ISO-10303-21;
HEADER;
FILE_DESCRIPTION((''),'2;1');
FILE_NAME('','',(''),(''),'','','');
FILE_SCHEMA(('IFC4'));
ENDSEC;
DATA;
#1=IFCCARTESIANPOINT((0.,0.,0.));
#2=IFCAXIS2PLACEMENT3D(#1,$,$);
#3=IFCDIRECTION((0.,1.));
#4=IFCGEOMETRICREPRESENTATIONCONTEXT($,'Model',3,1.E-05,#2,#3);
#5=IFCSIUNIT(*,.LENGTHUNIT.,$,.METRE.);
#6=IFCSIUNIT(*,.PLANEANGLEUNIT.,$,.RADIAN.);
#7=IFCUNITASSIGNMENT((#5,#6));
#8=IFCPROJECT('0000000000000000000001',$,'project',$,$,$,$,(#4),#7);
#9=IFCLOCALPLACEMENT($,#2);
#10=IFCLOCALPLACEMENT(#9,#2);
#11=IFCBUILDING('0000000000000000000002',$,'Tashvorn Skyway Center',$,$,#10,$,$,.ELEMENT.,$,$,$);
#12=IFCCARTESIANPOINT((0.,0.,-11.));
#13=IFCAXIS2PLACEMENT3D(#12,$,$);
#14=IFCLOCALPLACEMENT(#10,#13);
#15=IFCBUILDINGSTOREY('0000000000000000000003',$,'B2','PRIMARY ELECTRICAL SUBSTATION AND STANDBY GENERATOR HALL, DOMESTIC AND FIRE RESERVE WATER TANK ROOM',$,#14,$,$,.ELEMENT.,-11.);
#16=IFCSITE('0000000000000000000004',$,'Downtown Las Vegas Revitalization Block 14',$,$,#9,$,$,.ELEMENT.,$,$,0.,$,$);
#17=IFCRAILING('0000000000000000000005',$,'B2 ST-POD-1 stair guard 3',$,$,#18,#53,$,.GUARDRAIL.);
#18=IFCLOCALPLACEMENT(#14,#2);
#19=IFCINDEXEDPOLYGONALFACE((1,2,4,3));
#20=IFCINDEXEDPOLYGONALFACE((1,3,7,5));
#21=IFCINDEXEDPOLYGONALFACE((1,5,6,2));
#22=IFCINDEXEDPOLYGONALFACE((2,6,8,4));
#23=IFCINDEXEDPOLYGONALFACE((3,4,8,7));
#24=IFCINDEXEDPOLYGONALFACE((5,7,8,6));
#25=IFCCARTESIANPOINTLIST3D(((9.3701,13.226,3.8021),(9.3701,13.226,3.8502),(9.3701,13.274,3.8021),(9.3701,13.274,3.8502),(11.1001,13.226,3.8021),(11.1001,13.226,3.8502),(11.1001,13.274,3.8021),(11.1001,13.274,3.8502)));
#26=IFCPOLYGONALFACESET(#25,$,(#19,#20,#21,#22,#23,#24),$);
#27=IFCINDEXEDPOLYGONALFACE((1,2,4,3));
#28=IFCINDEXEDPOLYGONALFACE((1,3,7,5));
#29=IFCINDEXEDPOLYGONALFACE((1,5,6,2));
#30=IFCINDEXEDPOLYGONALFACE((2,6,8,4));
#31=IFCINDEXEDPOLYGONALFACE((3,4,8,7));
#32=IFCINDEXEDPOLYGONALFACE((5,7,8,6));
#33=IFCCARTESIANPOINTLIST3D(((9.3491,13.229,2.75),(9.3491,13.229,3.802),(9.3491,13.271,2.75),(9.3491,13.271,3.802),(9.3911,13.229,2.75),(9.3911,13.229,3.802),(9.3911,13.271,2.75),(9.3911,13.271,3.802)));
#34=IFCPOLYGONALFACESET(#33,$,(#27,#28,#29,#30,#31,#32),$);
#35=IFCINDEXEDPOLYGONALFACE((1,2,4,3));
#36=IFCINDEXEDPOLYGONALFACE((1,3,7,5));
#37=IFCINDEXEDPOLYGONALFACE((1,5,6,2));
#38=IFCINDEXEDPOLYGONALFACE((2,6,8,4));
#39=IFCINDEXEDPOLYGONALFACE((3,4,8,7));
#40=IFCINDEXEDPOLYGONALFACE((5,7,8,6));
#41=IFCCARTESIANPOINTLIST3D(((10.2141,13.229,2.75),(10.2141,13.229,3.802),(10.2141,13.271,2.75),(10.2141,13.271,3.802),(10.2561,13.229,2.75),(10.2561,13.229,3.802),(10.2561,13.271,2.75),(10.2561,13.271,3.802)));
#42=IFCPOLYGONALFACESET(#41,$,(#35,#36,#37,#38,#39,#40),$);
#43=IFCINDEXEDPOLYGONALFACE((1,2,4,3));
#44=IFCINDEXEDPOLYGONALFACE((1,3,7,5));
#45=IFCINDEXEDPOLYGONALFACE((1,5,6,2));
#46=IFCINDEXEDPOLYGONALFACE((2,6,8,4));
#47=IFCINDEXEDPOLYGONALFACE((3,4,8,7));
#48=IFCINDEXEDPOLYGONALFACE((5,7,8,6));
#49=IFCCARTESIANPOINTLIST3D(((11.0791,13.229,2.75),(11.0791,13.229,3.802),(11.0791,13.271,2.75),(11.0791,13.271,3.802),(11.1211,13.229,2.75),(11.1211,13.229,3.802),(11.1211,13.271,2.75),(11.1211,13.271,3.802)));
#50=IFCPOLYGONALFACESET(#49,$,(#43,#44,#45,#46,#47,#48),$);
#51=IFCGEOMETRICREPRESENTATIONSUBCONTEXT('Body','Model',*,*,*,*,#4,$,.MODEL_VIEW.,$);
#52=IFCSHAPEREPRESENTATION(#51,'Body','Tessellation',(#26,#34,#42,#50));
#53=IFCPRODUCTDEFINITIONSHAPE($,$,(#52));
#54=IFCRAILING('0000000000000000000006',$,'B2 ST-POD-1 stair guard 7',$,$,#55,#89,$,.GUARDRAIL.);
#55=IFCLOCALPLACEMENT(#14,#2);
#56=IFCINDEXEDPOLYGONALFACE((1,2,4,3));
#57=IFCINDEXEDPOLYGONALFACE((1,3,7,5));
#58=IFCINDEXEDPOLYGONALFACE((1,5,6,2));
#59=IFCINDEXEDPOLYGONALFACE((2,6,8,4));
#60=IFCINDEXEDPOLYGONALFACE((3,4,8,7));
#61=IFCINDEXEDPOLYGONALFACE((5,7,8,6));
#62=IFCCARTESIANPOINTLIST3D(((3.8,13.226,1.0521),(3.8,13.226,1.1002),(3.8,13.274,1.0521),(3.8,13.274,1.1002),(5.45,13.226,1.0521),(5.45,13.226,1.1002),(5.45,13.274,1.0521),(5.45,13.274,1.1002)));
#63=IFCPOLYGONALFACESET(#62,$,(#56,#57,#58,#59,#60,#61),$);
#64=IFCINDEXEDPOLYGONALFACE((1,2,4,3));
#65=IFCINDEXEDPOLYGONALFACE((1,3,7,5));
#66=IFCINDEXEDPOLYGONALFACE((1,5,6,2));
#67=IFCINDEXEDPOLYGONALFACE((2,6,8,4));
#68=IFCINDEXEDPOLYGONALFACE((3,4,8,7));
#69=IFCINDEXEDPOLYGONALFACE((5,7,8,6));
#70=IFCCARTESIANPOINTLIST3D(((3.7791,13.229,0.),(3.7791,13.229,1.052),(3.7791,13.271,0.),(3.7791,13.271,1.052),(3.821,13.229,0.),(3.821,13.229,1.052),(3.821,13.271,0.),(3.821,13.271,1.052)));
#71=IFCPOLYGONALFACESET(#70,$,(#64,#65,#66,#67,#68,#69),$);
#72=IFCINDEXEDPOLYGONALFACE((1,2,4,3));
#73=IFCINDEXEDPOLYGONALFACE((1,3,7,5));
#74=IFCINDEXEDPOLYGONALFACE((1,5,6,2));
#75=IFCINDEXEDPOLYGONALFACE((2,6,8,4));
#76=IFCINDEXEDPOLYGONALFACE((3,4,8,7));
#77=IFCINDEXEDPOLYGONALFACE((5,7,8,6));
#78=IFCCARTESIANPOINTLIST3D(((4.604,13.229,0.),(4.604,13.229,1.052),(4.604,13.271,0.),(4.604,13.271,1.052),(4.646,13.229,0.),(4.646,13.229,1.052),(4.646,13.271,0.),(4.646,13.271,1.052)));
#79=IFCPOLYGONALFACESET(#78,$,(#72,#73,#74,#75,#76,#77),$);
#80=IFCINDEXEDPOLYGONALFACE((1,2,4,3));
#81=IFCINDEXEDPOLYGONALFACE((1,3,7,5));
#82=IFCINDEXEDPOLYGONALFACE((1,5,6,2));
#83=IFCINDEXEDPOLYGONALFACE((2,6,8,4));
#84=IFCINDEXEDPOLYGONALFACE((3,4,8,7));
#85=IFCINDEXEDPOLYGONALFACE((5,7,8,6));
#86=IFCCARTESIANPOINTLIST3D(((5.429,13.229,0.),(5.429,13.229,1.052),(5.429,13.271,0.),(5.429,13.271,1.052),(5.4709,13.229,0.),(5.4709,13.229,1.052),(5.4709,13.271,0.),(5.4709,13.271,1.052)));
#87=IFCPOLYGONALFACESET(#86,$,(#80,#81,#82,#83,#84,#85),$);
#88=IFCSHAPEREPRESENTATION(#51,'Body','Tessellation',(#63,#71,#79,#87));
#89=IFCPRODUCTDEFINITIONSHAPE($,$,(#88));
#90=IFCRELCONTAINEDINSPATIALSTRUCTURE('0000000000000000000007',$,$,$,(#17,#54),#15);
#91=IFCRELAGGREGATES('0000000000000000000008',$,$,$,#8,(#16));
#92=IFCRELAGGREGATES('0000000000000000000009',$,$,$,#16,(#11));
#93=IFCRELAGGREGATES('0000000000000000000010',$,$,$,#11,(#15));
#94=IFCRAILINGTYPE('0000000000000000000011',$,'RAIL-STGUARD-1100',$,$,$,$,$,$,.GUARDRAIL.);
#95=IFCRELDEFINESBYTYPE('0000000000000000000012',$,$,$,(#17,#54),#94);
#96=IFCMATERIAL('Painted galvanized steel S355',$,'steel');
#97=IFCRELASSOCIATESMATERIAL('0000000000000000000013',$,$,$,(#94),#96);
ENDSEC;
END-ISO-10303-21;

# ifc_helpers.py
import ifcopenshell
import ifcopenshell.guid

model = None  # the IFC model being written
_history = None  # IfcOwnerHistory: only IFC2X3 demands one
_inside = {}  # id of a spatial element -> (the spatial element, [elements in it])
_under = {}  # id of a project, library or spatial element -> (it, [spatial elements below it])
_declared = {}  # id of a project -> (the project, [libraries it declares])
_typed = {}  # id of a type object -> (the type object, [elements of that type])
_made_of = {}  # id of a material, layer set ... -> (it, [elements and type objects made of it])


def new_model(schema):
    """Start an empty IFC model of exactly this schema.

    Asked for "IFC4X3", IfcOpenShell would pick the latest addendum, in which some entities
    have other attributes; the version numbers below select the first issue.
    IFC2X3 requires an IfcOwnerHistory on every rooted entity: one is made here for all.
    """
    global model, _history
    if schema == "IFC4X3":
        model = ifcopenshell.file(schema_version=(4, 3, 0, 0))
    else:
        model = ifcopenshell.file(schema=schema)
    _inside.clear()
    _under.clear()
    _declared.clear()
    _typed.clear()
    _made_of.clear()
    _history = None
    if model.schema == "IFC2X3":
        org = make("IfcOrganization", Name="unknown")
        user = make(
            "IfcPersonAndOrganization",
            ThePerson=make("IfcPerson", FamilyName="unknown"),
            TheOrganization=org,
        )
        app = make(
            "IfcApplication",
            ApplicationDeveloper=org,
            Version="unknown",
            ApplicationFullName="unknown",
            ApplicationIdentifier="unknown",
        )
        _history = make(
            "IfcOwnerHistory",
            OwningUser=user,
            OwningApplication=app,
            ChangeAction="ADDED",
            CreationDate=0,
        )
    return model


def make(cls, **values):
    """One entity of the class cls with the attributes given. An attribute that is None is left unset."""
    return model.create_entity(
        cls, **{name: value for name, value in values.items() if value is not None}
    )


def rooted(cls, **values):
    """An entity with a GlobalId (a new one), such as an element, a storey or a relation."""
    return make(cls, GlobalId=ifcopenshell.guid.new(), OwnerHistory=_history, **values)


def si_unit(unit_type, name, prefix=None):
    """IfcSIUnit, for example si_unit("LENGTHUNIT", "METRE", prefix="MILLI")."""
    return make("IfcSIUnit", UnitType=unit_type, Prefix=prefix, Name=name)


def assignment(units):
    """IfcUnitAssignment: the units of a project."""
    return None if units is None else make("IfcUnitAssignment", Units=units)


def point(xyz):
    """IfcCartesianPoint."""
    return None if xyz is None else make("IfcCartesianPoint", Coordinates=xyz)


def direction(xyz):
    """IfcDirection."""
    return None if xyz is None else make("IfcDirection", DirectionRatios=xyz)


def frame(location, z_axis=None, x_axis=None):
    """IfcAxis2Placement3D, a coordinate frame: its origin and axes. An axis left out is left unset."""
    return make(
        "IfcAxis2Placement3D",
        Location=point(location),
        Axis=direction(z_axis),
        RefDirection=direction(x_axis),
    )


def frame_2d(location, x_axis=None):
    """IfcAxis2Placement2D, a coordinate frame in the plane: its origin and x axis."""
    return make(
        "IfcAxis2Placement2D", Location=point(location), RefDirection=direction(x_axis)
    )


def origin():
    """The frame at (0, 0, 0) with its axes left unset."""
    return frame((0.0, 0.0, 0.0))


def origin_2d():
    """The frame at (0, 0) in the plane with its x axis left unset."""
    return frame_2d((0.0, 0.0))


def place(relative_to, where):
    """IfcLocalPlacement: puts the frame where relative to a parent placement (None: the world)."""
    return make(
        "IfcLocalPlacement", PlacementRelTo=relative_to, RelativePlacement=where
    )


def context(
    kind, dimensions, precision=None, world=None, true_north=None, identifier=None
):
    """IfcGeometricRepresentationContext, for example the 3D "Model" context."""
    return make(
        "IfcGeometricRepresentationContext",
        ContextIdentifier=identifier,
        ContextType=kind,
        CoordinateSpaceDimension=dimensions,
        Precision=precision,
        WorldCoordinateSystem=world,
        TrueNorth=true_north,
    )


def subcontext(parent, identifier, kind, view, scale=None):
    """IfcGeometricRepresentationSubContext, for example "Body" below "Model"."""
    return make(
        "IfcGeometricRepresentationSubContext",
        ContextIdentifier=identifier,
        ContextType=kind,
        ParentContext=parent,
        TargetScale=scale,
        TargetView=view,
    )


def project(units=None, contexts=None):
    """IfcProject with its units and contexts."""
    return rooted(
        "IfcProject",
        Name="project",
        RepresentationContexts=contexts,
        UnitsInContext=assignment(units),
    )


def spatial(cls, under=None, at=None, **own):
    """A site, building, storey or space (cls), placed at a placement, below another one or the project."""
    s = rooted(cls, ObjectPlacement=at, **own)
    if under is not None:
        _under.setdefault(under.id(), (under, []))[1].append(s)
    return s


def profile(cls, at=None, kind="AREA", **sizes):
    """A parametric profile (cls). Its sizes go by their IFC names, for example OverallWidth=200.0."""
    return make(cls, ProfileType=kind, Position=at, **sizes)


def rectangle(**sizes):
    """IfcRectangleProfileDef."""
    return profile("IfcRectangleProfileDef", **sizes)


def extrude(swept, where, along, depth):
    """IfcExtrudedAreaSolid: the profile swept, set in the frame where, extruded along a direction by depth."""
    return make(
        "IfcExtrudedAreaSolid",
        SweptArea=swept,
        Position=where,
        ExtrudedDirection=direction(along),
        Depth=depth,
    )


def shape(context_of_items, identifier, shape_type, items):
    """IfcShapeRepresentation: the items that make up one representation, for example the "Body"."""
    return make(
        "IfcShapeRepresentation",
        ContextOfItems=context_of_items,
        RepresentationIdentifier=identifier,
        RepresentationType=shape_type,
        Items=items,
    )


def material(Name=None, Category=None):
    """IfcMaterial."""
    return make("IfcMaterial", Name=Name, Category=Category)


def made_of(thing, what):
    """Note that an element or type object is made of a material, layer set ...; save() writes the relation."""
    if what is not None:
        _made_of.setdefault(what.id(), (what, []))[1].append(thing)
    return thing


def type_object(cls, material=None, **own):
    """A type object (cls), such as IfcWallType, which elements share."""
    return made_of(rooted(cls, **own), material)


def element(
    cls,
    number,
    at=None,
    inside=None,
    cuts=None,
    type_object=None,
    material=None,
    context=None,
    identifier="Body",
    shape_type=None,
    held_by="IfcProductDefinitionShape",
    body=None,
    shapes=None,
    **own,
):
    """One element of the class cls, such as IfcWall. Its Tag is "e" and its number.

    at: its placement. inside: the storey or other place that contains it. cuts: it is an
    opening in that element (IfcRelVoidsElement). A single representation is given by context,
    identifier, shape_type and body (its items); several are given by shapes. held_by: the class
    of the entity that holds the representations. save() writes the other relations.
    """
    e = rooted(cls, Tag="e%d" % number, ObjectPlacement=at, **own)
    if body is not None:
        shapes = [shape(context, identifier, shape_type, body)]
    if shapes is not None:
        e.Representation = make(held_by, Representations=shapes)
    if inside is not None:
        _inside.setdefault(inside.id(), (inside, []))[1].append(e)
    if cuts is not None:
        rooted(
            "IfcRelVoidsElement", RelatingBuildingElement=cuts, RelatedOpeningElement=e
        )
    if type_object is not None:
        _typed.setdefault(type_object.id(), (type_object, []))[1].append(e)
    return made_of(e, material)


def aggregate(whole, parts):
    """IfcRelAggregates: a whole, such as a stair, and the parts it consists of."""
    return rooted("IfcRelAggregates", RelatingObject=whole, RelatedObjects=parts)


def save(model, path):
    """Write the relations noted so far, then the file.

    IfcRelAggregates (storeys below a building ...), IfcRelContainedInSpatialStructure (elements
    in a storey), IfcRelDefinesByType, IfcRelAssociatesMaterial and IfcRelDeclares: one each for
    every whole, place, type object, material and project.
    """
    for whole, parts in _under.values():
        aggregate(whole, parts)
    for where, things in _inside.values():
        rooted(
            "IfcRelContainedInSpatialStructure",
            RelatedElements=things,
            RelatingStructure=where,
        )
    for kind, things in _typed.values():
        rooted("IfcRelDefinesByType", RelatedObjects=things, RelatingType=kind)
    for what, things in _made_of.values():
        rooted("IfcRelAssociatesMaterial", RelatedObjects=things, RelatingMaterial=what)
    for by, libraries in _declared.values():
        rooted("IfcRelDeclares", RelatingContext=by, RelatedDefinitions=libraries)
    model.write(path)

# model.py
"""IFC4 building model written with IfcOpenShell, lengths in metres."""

from ifc_helpers import new_model, si_unit, direction, frame, origin, origin_2d, place, context, subcontext, project, spatial, rectangle, extrude, material, type_object, element, save


model = new_model("IFC4")

# Units and contexts
model_context = context("Model", 3, precision=1e-05, world=origin(), true_north=direction((0.0, 1.0)))
body_context = subcontext(model_context, "Body", "Model", "MODEL_VIEW")
ifc_project = project(units=[si_unit("LENGTHUNIT", "METRE"), si_unit("PLANEANGLEUNIT", "RADIAN")], contexts=[model_context])

# Site, building, storey
site_placement = place(None, origin())
site = spatial("IfcSite", under=ifc_project, at=site_placement, Name="Downtown Las Vegas Revitalization Block 14", CompositionType="ELEMENT", RefElevation=0.0)
building_placement = place(site_placement, origin())
building = spatial("IfcBuilding", under=site, at=building_placement, Name="Tashvorn Skyway Center", CompositionType="ELEMENT")
storey_placement = place(building_placement, frame((0.0, 0.0, -11.0)))
storey = spatial("IfcBuildingStorey", under=building, at=storey_placement, Name="B2", Description="PRIMARY ELECTRICAL SUBSTATION AND STANDBY GENERATOR HALL, DOMESTIC AND FIRE RESERVE WATER TANK ROOM", CompositionType="ELEMENT", Elevation=-11.0)

# Railings
ifc_material_1 = material(Name="Painted galvanized steel S355", Category="steel")
railing_type_1 = type_object("IfcRailingType", Name="RAIL-STGUARD-1100", PredefinedType="GUARDRAIL", material=ifc_material_1)
railing_1_placement = place(storey_placement, frame((9.3701, 13.25, 2.75)))
element("IfcRailing", 1, at=railing_1_placement, inside=storey, type_object=railing_type_1, Name="B2 ST-POD-1 stair guard 3", PredefinedType="GUARDRAIL", context=body_context, shape_type="SweptSolid", body=[
    extrude(rectangle(XDim=0.0481, YDim=0.0481, at=origin_2d()), frame((0.0, 0.0, 1.0762), z_axis=(1.0, 0.0, 0.0), x_axis=(0.0, 1.0, 0.0)), (0.0, 0.0, 1.0), 1.73),
    extrude(rectangle(XDim=0.042, YDim=0.042, at=origin_2d()), origin(), (0.0, 0.0, 1.0), 1.052),
    extrude(rectangle(XDim=0.042, YDim=0.042, at=origin_2d()), frame((0.865, 0.0, 0.0)), (0.0, 0.0, 1.0), 1.052),
    extrude(rectangle(XDim=0.042, YDim=0.042, at=origin_2d()), frame((1.73, 0.0, 0.0)), (0.0, 0.0, 1.0), 1.052),
])
railing_2_placement = place(storey_placement, frame((3.8, 13.25, 0.0)))
element("IfcRailing", 2, at=railing_2_placement, inside=storey, type_object=railing_type_1, Name="B2 ST-POD-1 stair guard 7", PredefinedType="GUARDRAIL", context=body_context, shape_type="SweptSolid", body=[
    extrude(rectangle(XDim=0.0481, YDim=0.0481, at=origin_2d()), frame((0.0, 0.0, 1.0762), z_axis=(1.0, 0.0, 0.0), x_axis=(0.0, 1.0, 0.0)), (0.0, 0.0, 1.0), 1.6499),
    extrude(rectangle(XDim=0.042, YDim=0.042, at=origin_2d()), origin(), (0.0, 0.0, 1.0), 1.052),
    extrude(rectangle(XDim=0.042, YDim=0.042, at=origin_2d()), frame((0.825, 0.0, 0.0)), (0.0, 0.0, 1.0), 1.052),
    extrude(rectangle(XDim=0.042, YDim=0.042, at=origin_2d()), frame((1.6499, 0.0, 0.0)), (0.0, 0.0, 1.0), 1.052),
])

save(model, "model.ifc")
